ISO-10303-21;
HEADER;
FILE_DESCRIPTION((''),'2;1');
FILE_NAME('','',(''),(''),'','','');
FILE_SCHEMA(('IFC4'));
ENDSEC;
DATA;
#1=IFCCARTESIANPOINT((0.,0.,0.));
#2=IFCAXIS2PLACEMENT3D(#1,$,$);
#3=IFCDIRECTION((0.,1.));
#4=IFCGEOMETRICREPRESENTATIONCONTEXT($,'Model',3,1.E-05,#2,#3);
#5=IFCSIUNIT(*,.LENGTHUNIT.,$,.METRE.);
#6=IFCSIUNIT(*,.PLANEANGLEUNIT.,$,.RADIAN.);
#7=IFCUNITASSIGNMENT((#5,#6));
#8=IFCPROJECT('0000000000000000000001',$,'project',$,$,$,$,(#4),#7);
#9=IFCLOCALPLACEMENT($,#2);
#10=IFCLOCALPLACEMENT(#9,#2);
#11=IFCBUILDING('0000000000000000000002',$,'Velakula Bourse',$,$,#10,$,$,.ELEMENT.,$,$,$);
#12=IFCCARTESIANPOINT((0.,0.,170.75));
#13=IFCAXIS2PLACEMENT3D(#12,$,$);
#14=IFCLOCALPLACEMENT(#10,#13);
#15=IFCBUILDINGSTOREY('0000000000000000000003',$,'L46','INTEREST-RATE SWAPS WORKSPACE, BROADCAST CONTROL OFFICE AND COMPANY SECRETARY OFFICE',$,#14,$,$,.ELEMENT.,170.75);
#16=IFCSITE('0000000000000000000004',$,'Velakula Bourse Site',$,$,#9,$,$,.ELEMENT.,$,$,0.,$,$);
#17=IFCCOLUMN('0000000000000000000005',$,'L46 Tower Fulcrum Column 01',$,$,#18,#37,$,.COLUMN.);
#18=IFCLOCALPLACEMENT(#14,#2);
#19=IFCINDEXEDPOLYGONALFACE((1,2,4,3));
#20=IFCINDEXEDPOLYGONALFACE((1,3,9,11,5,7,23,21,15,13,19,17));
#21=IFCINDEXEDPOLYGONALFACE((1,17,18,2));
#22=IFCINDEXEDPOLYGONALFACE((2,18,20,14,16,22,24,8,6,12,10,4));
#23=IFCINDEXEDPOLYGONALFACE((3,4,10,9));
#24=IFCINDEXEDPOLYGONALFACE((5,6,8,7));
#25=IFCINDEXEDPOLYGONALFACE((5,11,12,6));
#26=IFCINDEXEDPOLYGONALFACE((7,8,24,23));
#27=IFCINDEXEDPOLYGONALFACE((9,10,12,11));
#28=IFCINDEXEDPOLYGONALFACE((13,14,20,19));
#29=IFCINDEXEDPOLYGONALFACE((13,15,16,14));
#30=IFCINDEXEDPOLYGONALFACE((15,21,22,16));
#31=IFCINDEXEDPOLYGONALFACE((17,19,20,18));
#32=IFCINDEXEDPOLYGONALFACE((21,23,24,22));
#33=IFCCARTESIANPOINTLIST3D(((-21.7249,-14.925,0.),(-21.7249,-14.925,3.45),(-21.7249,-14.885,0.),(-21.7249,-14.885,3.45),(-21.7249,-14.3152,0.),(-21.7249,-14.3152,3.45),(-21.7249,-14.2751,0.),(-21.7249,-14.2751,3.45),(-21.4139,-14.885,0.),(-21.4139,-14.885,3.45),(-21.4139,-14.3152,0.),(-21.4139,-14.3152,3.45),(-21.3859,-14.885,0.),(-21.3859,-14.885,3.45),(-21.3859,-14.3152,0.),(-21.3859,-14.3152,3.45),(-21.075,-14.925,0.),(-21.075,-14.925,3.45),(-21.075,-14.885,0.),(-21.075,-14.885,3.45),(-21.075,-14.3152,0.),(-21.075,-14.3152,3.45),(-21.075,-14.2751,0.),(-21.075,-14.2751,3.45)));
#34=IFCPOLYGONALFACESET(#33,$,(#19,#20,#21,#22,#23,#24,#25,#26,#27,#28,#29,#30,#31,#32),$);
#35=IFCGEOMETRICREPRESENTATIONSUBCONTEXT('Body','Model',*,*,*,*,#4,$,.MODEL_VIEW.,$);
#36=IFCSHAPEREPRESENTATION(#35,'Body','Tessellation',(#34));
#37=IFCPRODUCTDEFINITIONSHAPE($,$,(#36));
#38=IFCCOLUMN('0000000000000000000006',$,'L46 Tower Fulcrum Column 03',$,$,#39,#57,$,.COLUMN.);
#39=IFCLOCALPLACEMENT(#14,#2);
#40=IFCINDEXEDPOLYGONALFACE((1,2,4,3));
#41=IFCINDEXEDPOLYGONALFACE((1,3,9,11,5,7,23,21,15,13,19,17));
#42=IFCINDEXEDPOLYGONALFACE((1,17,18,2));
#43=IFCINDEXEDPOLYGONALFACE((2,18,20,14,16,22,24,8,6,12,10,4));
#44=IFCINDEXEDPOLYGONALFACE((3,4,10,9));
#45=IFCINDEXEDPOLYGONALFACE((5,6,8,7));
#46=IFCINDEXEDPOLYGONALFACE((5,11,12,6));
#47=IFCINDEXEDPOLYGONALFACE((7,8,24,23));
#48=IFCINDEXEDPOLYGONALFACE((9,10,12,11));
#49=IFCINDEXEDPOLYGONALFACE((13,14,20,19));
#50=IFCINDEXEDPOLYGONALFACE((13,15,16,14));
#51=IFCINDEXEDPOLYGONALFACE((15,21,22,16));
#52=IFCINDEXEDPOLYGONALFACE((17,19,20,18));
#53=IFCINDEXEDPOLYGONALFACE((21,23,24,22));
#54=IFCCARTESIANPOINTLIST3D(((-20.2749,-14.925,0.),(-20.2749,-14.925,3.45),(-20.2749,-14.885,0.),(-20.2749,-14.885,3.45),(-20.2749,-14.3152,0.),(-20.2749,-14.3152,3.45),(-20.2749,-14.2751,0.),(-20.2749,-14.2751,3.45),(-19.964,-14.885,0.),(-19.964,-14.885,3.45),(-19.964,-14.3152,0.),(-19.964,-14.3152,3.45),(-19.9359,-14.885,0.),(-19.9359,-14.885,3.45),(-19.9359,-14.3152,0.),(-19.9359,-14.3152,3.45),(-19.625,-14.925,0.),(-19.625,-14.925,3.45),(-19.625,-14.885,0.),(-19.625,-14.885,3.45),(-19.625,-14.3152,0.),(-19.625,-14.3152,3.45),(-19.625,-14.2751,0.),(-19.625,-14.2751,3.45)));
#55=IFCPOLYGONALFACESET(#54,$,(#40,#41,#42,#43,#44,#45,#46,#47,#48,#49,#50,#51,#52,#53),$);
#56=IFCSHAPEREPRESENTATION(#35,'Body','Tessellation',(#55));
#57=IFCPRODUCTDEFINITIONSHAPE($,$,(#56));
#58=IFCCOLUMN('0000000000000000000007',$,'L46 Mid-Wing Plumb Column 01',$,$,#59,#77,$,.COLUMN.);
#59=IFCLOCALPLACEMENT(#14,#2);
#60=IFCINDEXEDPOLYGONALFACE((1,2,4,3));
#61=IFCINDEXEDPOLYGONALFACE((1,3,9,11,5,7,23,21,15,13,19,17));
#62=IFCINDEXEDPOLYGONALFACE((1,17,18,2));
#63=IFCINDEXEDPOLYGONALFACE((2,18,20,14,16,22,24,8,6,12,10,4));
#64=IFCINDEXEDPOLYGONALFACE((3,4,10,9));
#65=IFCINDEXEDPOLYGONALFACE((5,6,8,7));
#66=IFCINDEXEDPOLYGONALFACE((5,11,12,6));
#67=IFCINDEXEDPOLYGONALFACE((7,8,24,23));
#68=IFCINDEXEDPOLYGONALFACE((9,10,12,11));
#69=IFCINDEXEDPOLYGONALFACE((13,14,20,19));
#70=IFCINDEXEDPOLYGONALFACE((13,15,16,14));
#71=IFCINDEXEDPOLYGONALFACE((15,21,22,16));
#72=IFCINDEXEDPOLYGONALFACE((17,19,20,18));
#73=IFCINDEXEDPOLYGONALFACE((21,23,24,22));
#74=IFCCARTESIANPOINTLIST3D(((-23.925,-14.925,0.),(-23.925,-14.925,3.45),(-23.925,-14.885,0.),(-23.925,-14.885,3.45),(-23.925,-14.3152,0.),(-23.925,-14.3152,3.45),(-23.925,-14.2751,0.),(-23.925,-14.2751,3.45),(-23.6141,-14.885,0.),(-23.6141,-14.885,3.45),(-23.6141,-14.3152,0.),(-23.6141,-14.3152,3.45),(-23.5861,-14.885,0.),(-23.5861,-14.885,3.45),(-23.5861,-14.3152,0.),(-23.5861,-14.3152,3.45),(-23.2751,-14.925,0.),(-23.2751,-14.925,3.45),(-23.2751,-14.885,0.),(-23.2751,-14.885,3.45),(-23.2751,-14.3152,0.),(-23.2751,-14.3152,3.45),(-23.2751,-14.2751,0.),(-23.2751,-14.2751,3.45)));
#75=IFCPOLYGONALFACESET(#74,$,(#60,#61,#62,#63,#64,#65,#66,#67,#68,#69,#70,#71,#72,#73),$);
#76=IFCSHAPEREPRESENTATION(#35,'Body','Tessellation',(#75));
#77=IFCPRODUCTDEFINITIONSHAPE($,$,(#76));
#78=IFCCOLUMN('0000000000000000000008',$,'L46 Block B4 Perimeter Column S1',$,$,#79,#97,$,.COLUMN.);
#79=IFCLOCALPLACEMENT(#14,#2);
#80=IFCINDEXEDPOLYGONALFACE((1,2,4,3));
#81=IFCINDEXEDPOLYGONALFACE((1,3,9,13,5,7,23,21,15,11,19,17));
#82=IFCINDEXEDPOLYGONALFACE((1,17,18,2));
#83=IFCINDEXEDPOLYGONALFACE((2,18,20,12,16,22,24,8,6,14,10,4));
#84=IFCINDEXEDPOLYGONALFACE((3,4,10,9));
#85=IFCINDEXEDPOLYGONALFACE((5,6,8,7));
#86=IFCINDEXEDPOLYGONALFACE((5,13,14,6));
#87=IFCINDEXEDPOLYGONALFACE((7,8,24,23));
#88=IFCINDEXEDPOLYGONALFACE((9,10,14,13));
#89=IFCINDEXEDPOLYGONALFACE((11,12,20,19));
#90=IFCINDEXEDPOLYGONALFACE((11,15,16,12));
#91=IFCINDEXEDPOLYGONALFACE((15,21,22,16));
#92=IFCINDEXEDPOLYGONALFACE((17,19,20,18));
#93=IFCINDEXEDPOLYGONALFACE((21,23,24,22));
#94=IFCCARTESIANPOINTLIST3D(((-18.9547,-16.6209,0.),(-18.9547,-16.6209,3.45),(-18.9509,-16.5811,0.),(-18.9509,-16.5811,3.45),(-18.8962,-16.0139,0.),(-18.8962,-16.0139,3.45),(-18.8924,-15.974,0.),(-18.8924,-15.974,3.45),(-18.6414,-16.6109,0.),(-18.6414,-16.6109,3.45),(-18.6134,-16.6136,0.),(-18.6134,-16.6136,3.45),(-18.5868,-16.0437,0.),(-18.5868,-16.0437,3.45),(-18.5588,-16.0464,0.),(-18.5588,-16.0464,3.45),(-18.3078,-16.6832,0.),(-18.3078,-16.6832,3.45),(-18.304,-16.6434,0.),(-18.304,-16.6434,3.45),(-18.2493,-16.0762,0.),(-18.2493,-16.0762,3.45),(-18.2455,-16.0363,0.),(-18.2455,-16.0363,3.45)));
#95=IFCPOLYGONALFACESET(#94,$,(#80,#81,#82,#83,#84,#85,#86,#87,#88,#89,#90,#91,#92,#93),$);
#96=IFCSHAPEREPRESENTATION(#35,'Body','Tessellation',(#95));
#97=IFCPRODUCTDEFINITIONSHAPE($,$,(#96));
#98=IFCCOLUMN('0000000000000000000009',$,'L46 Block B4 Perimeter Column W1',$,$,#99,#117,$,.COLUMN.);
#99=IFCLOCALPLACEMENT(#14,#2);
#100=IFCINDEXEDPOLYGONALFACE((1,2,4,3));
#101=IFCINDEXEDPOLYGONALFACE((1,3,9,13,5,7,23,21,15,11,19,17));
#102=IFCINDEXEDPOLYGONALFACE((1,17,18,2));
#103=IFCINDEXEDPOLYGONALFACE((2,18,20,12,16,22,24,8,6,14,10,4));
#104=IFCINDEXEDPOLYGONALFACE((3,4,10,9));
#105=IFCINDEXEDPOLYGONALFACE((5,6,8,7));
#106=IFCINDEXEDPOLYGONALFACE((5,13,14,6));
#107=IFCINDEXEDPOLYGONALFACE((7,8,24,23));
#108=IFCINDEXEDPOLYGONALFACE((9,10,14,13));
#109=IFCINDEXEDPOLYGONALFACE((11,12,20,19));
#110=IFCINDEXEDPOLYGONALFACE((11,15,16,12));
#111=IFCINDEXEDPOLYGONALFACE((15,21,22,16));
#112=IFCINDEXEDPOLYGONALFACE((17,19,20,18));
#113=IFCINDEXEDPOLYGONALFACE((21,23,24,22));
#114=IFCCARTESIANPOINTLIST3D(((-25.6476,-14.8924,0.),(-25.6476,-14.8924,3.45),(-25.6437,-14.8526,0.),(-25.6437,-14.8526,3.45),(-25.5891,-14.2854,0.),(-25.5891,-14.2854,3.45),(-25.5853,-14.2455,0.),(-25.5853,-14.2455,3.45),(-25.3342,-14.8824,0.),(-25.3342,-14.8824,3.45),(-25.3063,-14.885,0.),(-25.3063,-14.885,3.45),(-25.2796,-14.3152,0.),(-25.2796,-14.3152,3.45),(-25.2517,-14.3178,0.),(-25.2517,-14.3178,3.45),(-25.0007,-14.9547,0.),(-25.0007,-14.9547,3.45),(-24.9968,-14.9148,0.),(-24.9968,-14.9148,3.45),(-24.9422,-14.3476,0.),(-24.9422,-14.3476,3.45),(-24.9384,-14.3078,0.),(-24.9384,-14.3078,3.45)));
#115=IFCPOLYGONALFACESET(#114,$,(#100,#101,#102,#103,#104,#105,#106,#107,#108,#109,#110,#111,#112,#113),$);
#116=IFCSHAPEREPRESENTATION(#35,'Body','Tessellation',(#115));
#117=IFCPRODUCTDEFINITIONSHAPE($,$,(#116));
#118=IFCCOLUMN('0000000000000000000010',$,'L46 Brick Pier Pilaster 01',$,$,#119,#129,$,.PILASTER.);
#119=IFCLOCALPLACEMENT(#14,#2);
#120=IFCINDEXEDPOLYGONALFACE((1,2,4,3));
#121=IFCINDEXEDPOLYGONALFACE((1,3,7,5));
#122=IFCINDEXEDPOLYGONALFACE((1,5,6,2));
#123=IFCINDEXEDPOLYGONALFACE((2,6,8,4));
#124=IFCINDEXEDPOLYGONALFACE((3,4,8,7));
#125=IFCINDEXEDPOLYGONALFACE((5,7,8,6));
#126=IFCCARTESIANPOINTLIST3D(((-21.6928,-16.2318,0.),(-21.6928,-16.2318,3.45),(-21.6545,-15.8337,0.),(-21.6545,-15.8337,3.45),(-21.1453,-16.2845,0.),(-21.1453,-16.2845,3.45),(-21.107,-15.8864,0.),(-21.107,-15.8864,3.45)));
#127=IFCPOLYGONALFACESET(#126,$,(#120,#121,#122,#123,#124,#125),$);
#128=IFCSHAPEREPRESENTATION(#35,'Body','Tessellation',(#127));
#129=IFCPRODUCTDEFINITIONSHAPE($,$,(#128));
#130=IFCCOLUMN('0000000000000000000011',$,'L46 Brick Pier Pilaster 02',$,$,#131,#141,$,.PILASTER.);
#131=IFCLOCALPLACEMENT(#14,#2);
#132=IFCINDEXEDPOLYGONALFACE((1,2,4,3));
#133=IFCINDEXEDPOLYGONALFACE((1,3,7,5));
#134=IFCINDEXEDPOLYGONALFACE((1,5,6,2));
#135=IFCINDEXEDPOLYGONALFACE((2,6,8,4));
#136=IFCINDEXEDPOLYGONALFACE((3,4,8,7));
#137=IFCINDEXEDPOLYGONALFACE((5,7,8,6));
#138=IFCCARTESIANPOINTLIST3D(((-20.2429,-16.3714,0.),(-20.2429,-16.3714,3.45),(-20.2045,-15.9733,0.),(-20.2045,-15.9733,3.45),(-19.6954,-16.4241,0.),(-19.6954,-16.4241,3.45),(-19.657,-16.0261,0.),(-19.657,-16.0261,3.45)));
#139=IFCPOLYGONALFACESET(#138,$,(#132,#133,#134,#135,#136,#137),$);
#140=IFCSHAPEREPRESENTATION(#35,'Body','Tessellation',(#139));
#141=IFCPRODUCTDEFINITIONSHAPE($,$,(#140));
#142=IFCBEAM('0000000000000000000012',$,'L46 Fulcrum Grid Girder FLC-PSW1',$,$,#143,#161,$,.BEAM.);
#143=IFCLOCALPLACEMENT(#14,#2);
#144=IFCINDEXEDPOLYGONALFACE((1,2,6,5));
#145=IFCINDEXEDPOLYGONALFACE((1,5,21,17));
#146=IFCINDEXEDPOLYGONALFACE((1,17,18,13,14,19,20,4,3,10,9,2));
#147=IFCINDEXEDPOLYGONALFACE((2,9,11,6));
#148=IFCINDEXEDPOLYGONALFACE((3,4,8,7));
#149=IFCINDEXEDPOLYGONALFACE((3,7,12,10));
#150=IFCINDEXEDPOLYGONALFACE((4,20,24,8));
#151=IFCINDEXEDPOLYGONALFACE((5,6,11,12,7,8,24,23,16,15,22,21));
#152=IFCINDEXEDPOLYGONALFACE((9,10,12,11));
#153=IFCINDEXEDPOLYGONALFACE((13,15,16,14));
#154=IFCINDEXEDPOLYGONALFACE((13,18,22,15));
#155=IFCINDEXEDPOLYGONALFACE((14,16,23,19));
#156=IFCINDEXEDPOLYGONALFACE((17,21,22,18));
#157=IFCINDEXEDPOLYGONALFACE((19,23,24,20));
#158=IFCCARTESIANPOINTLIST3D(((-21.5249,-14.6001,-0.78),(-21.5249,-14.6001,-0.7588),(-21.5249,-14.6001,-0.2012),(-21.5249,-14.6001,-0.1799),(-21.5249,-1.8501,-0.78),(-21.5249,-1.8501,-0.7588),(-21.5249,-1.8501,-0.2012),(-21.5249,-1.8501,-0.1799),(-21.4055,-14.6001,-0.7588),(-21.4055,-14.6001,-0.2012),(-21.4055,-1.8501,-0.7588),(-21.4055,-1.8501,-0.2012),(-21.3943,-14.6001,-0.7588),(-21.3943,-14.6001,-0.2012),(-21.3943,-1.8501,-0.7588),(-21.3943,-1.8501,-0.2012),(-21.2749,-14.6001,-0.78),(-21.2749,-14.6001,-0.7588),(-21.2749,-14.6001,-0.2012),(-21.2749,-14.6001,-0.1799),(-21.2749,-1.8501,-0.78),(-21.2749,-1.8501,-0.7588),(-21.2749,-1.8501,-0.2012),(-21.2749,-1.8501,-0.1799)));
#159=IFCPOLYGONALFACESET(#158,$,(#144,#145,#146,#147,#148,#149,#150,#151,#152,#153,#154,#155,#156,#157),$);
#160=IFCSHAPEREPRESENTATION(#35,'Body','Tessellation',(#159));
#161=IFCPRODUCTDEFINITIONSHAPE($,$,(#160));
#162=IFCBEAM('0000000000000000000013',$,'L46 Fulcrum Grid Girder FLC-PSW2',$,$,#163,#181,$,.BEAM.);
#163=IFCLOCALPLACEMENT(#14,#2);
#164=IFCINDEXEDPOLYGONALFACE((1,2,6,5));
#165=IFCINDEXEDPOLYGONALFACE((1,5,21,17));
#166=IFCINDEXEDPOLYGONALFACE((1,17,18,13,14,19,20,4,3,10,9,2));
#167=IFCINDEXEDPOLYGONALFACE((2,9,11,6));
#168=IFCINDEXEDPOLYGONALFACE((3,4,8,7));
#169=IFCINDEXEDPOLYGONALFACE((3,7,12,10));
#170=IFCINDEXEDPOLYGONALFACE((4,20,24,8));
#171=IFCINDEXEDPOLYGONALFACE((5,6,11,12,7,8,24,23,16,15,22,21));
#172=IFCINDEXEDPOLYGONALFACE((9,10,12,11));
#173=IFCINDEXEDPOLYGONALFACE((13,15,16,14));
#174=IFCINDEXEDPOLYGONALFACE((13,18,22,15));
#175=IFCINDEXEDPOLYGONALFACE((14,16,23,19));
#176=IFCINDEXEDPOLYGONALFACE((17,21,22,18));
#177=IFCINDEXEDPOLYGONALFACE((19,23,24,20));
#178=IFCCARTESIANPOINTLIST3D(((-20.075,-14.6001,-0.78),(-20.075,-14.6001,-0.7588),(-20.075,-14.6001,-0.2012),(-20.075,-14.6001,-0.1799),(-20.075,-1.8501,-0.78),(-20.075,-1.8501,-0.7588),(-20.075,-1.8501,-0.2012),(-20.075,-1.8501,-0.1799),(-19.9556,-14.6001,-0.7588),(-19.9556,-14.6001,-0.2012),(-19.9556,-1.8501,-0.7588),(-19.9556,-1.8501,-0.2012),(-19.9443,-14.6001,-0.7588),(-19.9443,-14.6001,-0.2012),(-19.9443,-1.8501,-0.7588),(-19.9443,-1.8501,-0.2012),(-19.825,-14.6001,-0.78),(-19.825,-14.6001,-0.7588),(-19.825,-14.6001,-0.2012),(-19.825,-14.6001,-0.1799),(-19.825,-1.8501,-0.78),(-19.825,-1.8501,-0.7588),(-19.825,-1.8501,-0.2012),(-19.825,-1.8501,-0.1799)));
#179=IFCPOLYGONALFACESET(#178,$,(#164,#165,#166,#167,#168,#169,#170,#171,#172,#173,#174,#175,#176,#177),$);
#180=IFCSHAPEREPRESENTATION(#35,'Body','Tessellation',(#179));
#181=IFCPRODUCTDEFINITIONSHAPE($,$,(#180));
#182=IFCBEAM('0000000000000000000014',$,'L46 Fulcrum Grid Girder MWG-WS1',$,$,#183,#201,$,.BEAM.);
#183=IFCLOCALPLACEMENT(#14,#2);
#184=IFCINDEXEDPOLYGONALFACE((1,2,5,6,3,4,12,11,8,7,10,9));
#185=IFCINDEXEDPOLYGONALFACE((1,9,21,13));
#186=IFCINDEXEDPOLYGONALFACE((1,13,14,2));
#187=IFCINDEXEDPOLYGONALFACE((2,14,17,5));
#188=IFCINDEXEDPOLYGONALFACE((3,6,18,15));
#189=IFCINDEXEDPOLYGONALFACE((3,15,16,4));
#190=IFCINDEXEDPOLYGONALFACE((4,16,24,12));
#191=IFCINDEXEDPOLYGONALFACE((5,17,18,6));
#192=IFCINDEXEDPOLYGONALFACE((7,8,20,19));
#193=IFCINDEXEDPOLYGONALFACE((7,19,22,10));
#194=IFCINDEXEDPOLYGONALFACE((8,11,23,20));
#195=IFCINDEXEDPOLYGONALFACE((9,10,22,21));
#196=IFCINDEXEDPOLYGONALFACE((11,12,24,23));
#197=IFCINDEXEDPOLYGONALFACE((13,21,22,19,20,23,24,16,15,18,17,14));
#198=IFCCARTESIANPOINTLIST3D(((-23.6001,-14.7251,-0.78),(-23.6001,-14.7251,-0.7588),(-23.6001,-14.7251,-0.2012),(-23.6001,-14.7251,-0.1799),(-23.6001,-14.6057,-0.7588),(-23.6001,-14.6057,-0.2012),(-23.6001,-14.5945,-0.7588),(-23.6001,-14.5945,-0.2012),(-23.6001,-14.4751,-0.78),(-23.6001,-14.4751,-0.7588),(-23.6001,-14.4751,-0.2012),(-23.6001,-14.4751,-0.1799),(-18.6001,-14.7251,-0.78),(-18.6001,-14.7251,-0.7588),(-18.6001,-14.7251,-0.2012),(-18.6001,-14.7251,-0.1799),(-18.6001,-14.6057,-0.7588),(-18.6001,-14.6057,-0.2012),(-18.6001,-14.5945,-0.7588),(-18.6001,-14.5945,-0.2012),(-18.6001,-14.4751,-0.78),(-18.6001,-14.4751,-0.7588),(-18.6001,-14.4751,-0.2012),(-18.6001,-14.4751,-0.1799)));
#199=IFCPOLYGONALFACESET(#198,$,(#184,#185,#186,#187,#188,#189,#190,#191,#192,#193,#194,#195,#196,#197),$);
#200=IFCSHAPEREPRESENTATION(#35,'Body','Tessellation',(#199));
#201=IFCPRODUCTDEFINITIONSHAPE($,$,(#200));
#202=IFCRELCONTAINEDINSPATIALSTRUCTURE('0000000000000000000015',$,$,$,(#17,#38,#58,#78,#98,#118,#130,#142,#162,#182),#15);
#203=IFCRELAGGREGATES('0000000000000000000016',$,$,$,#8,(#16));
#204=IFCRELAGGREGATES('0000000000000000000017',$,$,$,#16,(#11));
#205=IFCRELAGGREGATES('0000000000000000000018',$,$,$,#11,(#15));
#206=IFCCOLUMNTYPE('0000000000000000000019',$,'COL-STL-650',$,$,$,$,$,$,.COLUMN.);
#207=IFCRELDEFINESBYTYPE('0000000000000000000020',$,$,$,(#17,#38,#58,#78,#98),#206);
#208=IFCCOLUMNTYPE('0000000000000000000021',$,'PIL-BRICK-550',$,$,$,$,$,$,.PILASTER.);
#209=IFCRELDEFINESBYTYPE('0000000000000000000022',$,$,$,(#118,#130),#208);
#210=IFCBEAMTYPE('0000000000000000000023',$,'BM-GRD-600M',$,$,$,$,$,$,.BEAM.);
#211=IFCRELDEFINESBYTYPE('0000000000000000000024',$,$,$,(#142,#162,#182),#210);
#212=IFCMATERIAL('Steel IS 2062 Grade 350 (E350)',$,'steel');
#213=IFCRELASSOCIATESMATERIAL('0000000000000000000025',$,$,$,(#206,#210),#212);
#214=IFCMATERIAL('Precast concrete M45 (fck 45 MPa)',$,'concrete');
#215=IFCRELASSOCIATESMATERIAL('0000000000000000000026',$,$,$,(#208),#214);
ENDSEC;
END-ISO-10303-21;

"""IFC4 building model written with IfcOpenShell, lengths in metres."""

from ifc_helpers import new_model, si_unit, direction, frame, origin, origin_2d, place, context, subcontext, project, spatial, rectangle, i_section, extrude, material, material_profile, profile_set, type_object, element, save


model = new_model("IFC4")

# Units and contexts
model_context = context("Model", 3, precision=1e-05, world=origin(), true_north=direction((0.0, 1.0)))
body_context = subcontext(model_context, "Body", "Model", "MODEL_VIEW")
ifc_project = project(units=[si_unit("LENGTHUNIT", "METRE"), si_unit("PLANEANGLEUNIT", "RADIAN")], contexts=[model_context])

# Site, building, storey
site_placement = place(None, origin())
site = spatial("IfcSite", under=ifc_project, at=site_placement, Name="Velakula Bourse Site", CompositionType="ELEMENT", RefElevation=0.0)
building_placement = place(site_placement, origin())
building = spatial("IfcBuilding", under=site, at=building_placement, Name="Velakula Bourse", CompositionType="ELEMENT")
storey_placement = place(building_placement, frame((0.0, 0.0, 170.75)))
storey = spatial("IfcBuildingStorey", under=building, at=storey_placement, Name="L46", Description="INTEREST-RATE SWAPS WORKSPACE, BROADCAST CONTROL OFFICE AND COMPANY SECRETARY OFFICE", CompositionType="ELEMENT", Elevation=170.75)

# Columns
ifc_material_1 = material(Name="Steel IS 2062 Grade 350 (E350)", Category="steel")
ifc_material_profile_1 = material_profile(ifc_material_1, i_section(OverallWidth=0.6499, OverallDepth=0.6499, WebThickness=0.0281, FlangeThickness=0.04, at=origin_2d()), Name="Steel IS 2062 Grade 350 (E350)")
ifc_profile_set_1 = profile_set([ifc_material_profile_1], Name="Steel IS 2062 Grade 350 (E350)")
column_type_1 = type_object("IfcColumnType", Name="COL-STL-650", PredefinedType="COLUMN", material=ifc_profile_set_1)
for number, where, z_axis, x_axis, name in (
    (1, (-21.3999, -14.6001, 0.0), (0.0, 0.0, 1.0), (1.0, 0.0, 0.0), "L46 Tower Fulcrum Column 01"),
    (2, (-19.95, -14.6001, 0.0), (0.0, 0.0, 1.0), (1.0, 0.0, 0.0), "L46 Tower Fulcrum Column 03"),
    (3, (-23.6001, -14.6001, 0.0), (0.0, 0.0, 1.0), (1.0, 0.0, 0.0), "L46 Mid-Wing Plumb Column 01"),
    (4, (-18.6001, -16.3286, 0.0), (0.0, 0.0, 1.0), (0.995396, -0.095846, 0.0), "L46 Block B4 Perimeter Column S1"),
    (5, (-25.293, -14.6001, 0.0), (0.0, 0.0, 1.0), (0.995396, -0.095846, 0.0), "L46 Block B4 Perimeter Column W1"),
):
    element("IfcColumn", number, at=place(storey_placement, frame(where, z_axis=z_axis, x_axis=x_axis)), inside=storey, type_object=column_type_1, Name=name, PredefinedType="COLUMN", context=body_context, shape_type="SweptSolid", body=[
        extrude(i_section(OverallWidth=0.6499, OverallDepth=0.6499, WebThickness=0.0281, FlangeThickness=0.04, at=origin_2d()), origin(), (0.0, 0.0, 1.0), 3.45),
    ])
ifc_material_2 = material(Name="Precast concrete M45 (fck 45 MPa)", Category="concrete")
ifc_material_profile_2 = material_profile(ifc_material_2, rectangle(XDim=0.55, YDim=0.3999, at=origin_2d()), Name="Precast concrete M45 (fck 45 MPa)")
ifc_profile_set_2 = profile_set([ifc_material_profile_2], Name="Precast concrete M45 (fck 45 MPa)")
column_type_2 = type_object("IfcColumnType", Name="PIL-BRICK-550", PredefinedType="PILASTER", material=ifc_profile_set_2)
for number, where, z_axis, x_axis, name in (
    (6, (-21.3999, -16.0591, 0.0), (0.0, 0.0, 1.0), (0.995396, -0.095846, 0.0), "L46 Brick Pier Pilaster 01"),
    (7, (-19.95, -16.1987, 0.0), (0.0, 0.0, 1.0), (0.995396, -0.095846, 0.0), "L46 Brick Pier Pilaster 02"),
):
    element("IfcColumn", number, at=place(storey_placement, frame(where, z_axis=z_axis, x_axis=x_axis)), inside=storey, type_object=column_type_2, Name=name, PredefinedType="PILASTER", context=body_context, shape_type="SweptSolid", body=[
        extrude(rectangle(XDim=0.55, YDim=0.3999, at=origin_2d()), origin(), (0.0, 0.0, 1.0), 3.45),
    ])

# Beams
ifc_material_profile_3 = material_profile(ifc_material_1, i_section(OverallWidth=0.25, OverallDepth=0.6001, WebThickness=0.0112, FlangeThickness=0.0212, at=origin_2d()), Name="Steel IS 2062 Grade 350 (E350)")
ifc_profile_set_3 = profile_set([ifc_material_profile_3], Name="Steel IS 2062 Grade 350 (E350)")
beam_type_1 = type_object("IfcBeamType", Name="BM-GRD-600M", PredefinedType="BEAM", material=ifc_profile_set_3)
for number, where, z_axis, x_axis, name in (
    (8, (-21.3999, -14.6001, -0.48), (0.0, 1.0, 0.0), (-1.0, 0.0, 0.0), "L46 Fulcrum Grid Girder FLC-PSW1"),
    (9, (-19.95, -14.6001, -0.48), (0.0, 1.0, 0.0), (-1.0, 0.0, 0.0), "L46 Fulcrum Grid Girder FLC-PSW2"),
):
    element("IfcBeam", number, at=place(storey_placement, frame(where, z_axis=z_axis, x_axis=x_axis)), inside=storey, type_object=beam_type_1, Name=name, PredefinedType="BEAM", context=body_context, shape_type="SweptSolid", body=[
        extrude(i_section(OverallWidth=0.25, OverallDepth=0.6001, WebThickness=0.0112, FlangeThickness=0.0212, at=origin_2d()), origin(), (0.0, 0.0, 1.0), 12.75),
    ])
beam_1_placement = place(storey_placement, frame((-23.6001, -14.6001, -0.48), z_axis=(1.0, 0.0, 0.0), x_axis=(0.0, 1.0, 0.0)))
element("IfcBeam", 10, at=beam_1_placement, inside=storey, type_object=beam_type_1, Name="L46 Fulcrum Grid Girder MWG-WS1", PredefinedType="BEAM", context=body_context, shape_type="SweptSolid", body=[
    extrude(i_section(OverallWidth=0.25, OverallDepth=0.6001, WebThickness=0.0112, FlangeThickness=0.0212, at=origin_2d()), origin(), (0.0, 0.0, 1.0), 5.0),
])

save(model, "model.ifc")
